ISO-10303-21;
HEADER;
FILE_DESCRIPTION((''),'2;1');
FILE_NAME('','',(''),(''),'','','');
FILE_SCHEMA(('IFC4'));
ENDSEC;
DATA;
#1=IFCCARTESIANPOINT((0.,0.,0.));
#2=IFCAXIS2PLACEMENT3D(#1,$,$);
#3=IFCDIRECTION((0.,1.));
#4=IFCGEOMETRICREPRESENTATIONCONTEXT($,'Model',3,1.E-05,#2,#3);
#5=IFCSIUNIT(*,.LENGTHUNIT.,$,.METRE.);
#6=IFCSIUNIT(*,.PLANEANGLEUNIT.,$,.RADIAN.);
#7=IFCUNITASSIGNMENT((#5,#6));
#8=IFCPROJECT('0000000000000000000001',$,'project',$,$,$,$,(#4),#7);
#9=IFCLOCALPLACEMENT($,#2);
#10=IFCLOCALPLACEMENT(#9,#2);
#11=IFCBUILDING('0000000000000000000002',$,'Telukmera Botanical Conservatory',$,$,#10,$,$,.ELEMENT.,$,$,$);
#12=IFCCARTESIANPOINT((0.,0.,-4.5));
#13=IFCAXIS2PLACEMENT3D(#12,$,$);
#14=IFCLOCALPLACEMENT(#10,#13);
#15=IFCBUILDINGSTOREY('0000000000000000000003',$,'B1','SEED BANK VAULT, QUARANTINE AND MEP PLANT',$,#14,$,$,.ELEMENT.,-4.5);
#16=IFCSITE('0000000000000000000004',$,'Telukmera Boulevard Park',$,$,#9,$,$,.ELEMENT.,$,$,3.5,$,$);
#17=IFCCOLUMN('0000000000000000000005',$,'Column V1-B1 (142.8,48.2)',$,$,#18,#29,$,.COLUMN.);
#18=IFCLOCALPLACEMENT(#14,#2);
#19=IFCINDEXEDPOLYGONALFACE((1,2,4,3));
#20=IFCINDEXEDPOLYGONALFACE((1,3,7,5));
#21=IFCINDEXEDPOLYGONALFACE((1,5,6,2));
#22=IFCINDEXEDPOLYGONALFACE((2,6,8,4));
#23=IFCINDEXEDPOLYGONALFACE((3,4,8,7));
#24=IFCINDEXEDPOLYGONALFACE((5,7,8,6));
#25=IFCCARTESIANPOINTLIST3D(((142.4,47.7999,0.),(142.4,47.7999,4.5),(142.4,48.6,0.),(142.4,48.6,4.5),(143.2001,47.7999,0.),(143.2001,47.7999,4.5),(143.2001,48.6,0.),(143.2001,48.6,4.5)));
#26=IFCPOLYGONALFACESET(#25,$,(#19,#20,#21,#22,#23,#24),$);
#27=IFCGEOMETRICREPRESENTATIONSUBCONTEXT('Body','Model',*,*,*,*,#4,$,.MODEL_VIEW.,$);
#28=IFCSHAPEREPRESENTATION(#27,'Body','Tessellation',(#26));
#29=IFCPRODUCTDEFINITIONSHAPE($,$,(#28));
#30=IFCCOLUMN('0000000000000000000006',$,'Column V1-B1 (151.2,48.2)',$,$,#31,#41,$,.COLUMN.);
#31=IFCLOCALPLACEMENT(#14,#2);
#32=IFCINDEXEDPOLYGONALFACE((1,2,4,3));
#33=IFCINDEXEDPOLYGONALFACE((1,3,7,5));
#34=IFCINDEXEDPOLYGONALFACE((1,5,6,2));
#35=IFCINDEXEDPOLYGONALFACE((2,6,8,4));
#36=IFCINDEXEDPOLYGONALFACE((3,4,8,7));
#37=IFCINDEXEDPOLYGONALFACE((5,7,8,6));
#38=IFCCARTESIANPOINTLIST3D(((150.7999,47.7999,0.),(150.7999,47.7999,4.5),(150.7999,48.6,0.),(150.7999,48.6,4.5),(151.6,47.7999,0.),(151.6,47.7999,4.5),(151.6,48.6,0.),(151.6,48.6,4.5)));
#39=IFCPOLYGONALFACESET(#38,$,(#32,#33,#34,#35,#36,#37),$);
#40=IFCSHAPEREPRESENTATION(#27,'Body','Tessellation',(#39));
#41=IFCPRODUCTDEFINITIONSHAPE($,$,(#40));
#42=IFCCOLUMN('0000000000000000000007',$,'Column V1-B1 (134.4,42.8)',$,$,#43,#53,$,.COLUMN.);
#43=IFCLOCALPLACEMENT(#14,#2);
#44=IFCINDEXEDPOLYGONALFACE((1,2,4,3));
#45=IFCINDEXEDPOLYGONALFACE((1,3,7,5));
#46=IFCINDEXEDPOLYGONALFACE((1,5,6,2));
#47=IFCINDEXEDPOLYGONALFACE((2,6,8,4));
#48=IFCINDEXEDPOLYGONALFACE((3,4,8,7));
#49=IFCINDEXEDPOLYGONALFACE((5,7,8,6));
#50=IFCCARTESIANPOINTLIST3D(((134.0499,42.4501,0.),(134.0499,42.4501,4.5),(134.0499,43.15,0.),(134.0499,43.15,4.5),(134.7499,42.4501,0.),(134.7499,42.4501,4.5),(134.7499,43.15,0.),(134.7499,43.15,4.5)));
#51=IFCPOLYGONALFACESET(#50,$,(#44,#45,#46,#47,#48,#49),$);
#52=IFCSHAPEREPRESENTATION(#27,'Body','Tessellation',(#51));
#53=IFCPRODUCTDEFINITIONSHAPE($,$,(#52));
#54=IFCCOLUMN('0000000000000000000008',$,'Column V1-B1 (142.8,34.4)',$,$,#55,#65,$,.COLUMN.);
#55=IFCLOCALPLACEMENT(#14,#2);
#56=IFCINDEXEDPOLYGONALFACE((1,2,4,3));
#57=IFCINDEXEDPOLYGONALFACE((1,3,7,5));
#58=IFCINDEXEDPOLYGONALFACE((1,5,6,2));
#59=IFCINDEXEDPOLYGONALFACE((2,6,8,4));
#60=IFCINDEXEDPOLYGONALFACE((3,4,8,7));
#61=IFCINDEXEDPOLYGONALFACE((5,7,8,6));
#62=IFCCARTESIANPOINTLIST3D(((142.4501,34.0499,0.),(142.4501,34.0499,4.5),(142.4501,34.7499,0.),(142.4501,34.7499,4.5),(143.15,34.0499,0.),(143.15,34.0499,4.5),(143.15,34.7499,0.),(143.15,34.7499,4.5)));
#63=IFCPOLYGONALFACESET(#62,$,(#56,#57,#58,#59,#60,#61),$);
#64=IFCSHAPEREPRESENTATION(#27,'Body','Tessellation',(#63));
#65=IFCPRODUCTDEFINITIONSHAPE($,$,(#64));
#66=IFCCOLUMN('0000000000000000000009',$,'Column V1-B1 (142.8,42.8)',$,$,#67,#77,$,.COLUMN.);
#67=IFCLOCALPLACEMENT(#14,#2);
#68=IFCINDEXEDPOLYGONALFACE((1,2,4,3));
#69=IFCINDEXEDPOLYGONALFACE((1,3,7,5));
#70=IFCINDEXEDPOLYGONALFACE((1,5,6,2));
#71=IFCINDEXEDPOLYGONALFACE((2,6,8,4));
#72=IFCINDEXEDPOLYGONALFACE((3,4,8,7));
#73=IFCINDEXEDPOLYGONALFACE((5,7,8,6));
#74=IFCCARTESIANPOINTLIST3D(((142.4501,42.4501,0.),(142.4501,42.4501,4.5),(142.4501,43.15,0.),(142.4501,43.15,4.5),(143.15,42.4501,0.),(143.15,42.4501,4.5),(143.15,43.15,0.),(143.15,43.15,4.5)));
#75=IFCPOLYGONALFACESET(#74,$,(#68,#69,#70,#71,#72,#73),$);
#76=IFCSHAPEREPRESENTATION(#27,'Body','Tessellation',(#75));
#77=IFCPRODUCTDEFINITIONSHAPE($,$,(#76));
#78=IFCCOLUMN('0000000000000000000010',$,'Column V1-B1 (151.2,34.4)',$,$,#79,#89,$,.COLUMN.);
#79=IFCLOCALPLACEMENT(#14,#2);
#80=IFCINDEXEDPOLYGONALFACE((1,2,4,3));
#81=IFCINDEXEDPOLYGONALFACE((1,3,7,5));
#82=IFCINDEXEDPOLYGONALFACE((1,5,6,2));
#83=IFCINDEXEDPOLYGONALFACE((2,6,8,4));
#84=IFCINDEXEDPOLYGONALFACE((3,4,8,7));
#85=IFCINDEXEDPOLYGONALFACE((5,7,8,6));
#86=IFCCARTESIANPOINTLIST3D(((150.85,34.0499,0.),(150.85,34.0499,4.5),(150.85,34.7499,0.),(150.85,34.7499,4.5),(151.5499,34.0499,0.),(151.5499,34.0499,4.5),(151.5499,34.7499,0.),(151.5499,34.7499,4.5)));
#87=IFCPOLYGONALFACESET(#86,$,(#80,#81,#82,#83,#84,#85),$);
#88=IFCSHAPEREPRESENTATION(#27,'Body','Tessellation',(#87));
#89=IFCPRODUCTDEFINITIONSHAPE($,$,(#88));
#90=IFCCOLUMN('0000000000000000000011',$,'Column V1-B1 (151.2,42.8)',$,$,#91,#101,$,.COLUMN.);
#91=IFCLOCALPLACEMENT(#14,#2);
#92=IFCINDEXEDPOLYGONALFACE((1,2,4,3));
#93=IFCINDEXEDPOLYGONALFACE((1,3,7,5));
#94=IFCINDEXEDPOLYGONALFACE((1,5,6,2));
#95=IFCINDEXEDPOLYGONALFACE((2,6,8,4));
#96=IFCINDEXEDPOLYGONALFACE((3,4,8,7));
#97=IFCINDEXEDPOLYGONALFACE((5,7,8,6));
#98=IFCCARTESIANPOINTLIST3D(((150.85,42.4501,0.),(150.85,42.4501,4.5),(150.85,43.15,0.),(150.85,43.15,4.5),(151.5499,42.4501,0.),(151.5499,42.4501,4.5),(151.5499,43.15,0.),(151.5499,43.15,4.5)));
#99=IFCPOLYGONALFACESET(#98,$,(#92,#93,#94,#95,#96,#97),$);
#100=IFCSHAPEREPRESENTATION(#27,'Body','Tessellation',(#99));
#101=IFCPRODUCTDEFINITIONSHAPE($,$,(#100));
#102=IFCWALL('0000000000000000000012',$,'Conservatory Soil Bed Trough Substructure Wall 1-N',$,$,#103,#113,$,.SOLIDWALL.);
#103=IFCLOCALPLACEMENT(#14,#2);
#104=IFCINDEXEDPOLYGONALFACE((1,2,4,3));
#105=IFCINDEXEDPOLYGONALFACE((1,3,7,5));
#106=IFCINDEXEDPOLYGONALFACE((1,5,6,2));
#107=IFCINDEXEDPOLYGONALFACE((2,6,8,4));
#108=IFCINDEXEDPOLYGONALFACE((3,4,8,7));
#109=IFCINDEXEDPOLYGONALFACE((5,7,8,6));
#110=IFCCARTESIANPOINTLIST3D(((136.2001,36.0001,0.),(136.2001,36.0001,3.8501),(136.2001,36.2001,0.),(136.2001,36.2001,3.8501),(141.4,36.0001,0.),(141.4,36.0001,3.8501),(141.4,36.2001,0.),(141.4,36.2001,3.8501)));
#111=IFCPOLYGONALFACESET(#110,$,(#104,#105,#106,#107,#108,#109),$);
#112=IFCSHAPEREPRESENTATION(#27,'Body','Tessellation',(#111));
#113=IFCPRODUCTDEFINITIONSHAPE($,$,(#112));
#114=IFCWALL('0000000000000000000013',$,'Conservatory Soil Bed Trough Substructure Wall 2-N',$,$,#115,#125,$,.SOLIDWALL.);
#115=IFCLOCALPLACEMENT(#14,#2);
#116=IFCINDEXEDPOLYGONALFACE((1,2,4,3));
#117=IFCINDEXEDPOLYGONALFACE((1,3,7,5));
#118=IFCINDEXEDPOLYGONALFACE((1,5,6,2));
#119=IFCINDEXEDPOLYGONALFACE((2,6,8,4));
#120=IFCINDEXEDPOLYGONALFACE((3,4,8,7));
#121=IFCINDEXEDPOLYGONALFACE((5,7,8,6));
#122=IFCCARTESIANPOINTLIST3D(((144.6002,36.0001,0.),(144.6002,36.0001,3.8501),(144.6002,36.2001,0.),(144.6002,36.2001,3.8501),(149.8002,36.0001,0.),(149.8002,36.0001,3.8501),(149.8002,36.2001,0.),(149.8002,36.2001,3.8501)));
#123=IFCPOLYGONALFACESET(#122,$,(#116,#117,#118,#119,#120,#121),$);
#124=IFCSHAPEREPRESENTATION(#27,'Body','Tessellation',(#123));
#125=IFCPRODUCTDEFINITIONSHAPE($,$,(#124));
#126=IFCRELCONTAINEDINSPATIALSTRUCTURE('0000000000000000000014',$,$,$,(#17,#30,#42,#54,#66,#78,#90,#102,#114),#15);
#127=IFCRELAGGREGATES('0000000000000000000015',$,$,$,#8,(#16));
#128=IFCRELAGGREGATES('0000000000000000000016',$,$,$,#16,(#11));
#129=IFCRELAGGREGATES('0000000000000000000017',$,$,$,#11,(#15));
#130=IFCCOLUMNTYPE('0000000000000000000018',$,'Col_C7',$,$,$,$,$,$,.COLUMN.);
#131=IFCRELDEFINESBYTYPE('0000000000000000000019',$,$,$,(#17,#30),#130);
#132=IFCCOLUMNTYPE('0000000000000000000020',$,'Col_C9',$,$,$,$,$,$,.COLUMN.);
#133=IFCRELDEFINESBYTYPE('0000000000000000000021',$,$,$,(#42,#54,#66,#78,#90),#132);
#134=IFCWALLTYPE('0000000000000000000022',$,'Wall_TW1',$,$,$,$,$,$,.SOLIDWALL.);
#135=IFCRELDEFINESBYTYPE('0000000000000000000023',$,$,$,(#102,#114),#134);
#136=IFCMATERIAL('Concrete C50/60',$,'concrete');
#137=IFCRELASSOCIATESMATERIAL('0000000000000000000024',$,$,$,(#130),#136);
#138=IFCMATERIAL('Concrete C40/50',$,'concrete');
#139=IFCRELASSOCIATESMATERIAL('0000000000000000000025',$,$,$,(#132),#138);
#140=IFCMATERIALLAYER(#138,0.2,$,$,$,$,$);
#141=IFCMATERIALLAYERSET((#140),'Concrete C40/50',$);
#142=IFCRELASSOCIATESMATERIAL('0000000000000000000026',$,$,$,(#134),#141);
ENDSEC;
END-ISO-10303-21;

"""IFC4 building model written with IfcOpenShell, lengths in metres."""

from ifc_helpers import new_model, si_unit, direction, frame, frame_2d, origin, origin_2d, place, context, subcontext, project, spatial, rectangle, extrude, material, layer, layer_set, material_profile, profile_set, type_object, element, save


model = new_model("IFC4")

# Units and contexts
model_context = context("Model", 3, precision=1e-05, world=origin(), true_north=direction((0.0, 1.0)))
body_context = subcontext(model_context, "Body", "Model", "MODEL_VIEW")
ifc_project = project(units=[si_unit("LENGTHUNIT", "METRE"), si_unit("PLANEANGLEUNIT", "RADIAN")], contexts=[model_context])

# Site, building, storey
site_placement = place(None, origin())
site = spatial("IfcSite", under=ifc_project, at=site_placement, Name="Telukmera Boulevard Park", CompositionType="ELEMENT", RefElevation=3.5)
building_placement = place(site_placement, origin())
building = spatial("IfcBuilding", under=site, at=building_placement, Name="Telukmera Botanical Conservatory", CompositionType="ELEMENT")
storey_placement = place(building_placement, frame((0.0, 0.0, -4.5)))
storey = spatial("IfcBuildingStorey", under=building, at=storey_placement, Name="B1", Description="SEED BANK VAULT, QUARANTINE AND MEP PLANT", CompositionType="ELEMENT", Elevation=-4.5)

# Shared definitions
ifc_material_1 = material(Name="Concrete C50/60", Category="concrete")
ifc_material_2 = material(Name="Concrete C40/50", Category="concrete")

# Columns
ifc_material_profile_1 = material_profile(ifc_material_1, rectangle(XDim=0.8, YDim=0.8, at=origin_2d()), Name="RC 800x800")
ifc_profile_set_1 = profile_set([ifc_material_profile_1], Name="Concrete C50/60")
column_type_1 = type_object("IfcColumnType", Name="Col_C7", PredefinedType="COLUMN", material=ifc_profile_set_1)
for number, where, z_axis, x_axis, name in (
    (1, (142.8, 48.2, 0.0), (0.0, 0.0, 1.0), (1.0, 0.0, 0.0), "Column V1-B1 (142.8,48.2)"),
    (2, (151.2, 48.2, 0.0), (0.0, 0.0, 1.0), (1.0, 0.0, 0.0), "Column V1-B1 (151.2,48.2)"),
):
    element("IfcColumn", number, at=place(storey_placement, frame(where, z_axis=z_axis, x_axis=x_axis)), inside=storey, type_object=column_type_1, Name=name, PredefinedType="COLUMN", context=body_context, shape_type="SweptSolid", body=[
        extrude(rectangle(XDim=0.8, YDim=0.8, at=origin_2d()), origin(), (0.0, 0.0, 1.0), 4.5),
    ])
ifc_material_profile_2 = material_profile(ifc_material_2, rectangle(XDim=0.7, YDim=0.7, at=origin_2d()), Name="RC 700x700")
ifc_profile_set_2 = profile_set([ifc_material_profile_2], Name="Concrete C40/50")
column_type_2 = type_object("IfcColumnType", Name="Col_C9", PredefinedType="COLUMN", material=ifc_profile_set_2)
for number, where, z_axis, x_axis, name in (
    (3, (134.3999, 42.8, 0.0), (0.0, 0.0, 1.0), (1.0, 0.0, 0.0), "Column V1-B1 (134.4,42.8)"),
    (4, (142.8, 34.3999, 0.0), (0.0, 0.0, 1.0), (1.0, 0.0, 0.0), "Column V1-B1 (142.8,34.4)"),
    (5, (142.8, 42.8, 0.0), (0.0, 0.0, 1.0), (1.0, 0.0, 0.0), "Column V1-B1 (142.8,42.8)"),
    (6, (151.2, 34.3999, 0.0), (0.0, 0.0, 1.0), (1.0, 0.0, 0.0), "Column V1-B1 (151.2,34.4)"),
    (7, (151.2, 42.8, 0.0), (0.0, 0.0, 1.0), (1.0, 0.0, 0.0), "Column V1-B1 (151.2,42.8)"),
):
    element("IfcColumn", number, at=place(storey_placement, frame(where, z_axis=z_axis, x_axis=x_axis)), inside=storey, type_object=column_type_2, Name=name, PredefinedType="COLUMN", context=body_context, shape_type="SweptSolid", body=[
        extrude(rectangle(XDim=0.7, YDim=0.7, at=origin_2d()), origin(), (0.0, 0.0, 1.0), 4.5),
    ])

# Walls
ifc_layer = layer(ifc_material_2, 0.2)
ifc_layer_set = layer_set([ifc_layer], Name="Concrete C40/50")
wall_type = type_object("IfcWallType", Name="Wall_TW1", PredefinedType="SOLIDWALL", material=ifc_layer_set)
for number, where, z_axis, x_axis, name in (
    (8, (136.2, 36.1001, 0.0), (0.0, 0.0, 1.0), (1.0, 0.0, 0.0), "Conservatory Soil Bed Trough Substructure Wall 1-N"),
    (9, (144.6001, 36.1001, 0.0), (0.0, 0.0, 1.0), (1.0, 0.0, 0.0), "Conservatory Soil Bed Trough Substructure Wall 2-N"),
):
    element("IfcWall", number, at=place(storey_placement, frame(where, z_axis=z_axis, x_axis=x_axis)), inside=storey, type_object=wall_type, Name=name, PredefinedType="SOLIDWALL", context=body_context, shape_type="SweptSolid", body=[
        extrude(rectangle(XDim=5.2, YDim=0.2, at=frame_2d((2.6001, 0.0))), origin(), (0.0, 0.0, 1.0), 3.8501),
    ])

save(model, "model.ifc")
